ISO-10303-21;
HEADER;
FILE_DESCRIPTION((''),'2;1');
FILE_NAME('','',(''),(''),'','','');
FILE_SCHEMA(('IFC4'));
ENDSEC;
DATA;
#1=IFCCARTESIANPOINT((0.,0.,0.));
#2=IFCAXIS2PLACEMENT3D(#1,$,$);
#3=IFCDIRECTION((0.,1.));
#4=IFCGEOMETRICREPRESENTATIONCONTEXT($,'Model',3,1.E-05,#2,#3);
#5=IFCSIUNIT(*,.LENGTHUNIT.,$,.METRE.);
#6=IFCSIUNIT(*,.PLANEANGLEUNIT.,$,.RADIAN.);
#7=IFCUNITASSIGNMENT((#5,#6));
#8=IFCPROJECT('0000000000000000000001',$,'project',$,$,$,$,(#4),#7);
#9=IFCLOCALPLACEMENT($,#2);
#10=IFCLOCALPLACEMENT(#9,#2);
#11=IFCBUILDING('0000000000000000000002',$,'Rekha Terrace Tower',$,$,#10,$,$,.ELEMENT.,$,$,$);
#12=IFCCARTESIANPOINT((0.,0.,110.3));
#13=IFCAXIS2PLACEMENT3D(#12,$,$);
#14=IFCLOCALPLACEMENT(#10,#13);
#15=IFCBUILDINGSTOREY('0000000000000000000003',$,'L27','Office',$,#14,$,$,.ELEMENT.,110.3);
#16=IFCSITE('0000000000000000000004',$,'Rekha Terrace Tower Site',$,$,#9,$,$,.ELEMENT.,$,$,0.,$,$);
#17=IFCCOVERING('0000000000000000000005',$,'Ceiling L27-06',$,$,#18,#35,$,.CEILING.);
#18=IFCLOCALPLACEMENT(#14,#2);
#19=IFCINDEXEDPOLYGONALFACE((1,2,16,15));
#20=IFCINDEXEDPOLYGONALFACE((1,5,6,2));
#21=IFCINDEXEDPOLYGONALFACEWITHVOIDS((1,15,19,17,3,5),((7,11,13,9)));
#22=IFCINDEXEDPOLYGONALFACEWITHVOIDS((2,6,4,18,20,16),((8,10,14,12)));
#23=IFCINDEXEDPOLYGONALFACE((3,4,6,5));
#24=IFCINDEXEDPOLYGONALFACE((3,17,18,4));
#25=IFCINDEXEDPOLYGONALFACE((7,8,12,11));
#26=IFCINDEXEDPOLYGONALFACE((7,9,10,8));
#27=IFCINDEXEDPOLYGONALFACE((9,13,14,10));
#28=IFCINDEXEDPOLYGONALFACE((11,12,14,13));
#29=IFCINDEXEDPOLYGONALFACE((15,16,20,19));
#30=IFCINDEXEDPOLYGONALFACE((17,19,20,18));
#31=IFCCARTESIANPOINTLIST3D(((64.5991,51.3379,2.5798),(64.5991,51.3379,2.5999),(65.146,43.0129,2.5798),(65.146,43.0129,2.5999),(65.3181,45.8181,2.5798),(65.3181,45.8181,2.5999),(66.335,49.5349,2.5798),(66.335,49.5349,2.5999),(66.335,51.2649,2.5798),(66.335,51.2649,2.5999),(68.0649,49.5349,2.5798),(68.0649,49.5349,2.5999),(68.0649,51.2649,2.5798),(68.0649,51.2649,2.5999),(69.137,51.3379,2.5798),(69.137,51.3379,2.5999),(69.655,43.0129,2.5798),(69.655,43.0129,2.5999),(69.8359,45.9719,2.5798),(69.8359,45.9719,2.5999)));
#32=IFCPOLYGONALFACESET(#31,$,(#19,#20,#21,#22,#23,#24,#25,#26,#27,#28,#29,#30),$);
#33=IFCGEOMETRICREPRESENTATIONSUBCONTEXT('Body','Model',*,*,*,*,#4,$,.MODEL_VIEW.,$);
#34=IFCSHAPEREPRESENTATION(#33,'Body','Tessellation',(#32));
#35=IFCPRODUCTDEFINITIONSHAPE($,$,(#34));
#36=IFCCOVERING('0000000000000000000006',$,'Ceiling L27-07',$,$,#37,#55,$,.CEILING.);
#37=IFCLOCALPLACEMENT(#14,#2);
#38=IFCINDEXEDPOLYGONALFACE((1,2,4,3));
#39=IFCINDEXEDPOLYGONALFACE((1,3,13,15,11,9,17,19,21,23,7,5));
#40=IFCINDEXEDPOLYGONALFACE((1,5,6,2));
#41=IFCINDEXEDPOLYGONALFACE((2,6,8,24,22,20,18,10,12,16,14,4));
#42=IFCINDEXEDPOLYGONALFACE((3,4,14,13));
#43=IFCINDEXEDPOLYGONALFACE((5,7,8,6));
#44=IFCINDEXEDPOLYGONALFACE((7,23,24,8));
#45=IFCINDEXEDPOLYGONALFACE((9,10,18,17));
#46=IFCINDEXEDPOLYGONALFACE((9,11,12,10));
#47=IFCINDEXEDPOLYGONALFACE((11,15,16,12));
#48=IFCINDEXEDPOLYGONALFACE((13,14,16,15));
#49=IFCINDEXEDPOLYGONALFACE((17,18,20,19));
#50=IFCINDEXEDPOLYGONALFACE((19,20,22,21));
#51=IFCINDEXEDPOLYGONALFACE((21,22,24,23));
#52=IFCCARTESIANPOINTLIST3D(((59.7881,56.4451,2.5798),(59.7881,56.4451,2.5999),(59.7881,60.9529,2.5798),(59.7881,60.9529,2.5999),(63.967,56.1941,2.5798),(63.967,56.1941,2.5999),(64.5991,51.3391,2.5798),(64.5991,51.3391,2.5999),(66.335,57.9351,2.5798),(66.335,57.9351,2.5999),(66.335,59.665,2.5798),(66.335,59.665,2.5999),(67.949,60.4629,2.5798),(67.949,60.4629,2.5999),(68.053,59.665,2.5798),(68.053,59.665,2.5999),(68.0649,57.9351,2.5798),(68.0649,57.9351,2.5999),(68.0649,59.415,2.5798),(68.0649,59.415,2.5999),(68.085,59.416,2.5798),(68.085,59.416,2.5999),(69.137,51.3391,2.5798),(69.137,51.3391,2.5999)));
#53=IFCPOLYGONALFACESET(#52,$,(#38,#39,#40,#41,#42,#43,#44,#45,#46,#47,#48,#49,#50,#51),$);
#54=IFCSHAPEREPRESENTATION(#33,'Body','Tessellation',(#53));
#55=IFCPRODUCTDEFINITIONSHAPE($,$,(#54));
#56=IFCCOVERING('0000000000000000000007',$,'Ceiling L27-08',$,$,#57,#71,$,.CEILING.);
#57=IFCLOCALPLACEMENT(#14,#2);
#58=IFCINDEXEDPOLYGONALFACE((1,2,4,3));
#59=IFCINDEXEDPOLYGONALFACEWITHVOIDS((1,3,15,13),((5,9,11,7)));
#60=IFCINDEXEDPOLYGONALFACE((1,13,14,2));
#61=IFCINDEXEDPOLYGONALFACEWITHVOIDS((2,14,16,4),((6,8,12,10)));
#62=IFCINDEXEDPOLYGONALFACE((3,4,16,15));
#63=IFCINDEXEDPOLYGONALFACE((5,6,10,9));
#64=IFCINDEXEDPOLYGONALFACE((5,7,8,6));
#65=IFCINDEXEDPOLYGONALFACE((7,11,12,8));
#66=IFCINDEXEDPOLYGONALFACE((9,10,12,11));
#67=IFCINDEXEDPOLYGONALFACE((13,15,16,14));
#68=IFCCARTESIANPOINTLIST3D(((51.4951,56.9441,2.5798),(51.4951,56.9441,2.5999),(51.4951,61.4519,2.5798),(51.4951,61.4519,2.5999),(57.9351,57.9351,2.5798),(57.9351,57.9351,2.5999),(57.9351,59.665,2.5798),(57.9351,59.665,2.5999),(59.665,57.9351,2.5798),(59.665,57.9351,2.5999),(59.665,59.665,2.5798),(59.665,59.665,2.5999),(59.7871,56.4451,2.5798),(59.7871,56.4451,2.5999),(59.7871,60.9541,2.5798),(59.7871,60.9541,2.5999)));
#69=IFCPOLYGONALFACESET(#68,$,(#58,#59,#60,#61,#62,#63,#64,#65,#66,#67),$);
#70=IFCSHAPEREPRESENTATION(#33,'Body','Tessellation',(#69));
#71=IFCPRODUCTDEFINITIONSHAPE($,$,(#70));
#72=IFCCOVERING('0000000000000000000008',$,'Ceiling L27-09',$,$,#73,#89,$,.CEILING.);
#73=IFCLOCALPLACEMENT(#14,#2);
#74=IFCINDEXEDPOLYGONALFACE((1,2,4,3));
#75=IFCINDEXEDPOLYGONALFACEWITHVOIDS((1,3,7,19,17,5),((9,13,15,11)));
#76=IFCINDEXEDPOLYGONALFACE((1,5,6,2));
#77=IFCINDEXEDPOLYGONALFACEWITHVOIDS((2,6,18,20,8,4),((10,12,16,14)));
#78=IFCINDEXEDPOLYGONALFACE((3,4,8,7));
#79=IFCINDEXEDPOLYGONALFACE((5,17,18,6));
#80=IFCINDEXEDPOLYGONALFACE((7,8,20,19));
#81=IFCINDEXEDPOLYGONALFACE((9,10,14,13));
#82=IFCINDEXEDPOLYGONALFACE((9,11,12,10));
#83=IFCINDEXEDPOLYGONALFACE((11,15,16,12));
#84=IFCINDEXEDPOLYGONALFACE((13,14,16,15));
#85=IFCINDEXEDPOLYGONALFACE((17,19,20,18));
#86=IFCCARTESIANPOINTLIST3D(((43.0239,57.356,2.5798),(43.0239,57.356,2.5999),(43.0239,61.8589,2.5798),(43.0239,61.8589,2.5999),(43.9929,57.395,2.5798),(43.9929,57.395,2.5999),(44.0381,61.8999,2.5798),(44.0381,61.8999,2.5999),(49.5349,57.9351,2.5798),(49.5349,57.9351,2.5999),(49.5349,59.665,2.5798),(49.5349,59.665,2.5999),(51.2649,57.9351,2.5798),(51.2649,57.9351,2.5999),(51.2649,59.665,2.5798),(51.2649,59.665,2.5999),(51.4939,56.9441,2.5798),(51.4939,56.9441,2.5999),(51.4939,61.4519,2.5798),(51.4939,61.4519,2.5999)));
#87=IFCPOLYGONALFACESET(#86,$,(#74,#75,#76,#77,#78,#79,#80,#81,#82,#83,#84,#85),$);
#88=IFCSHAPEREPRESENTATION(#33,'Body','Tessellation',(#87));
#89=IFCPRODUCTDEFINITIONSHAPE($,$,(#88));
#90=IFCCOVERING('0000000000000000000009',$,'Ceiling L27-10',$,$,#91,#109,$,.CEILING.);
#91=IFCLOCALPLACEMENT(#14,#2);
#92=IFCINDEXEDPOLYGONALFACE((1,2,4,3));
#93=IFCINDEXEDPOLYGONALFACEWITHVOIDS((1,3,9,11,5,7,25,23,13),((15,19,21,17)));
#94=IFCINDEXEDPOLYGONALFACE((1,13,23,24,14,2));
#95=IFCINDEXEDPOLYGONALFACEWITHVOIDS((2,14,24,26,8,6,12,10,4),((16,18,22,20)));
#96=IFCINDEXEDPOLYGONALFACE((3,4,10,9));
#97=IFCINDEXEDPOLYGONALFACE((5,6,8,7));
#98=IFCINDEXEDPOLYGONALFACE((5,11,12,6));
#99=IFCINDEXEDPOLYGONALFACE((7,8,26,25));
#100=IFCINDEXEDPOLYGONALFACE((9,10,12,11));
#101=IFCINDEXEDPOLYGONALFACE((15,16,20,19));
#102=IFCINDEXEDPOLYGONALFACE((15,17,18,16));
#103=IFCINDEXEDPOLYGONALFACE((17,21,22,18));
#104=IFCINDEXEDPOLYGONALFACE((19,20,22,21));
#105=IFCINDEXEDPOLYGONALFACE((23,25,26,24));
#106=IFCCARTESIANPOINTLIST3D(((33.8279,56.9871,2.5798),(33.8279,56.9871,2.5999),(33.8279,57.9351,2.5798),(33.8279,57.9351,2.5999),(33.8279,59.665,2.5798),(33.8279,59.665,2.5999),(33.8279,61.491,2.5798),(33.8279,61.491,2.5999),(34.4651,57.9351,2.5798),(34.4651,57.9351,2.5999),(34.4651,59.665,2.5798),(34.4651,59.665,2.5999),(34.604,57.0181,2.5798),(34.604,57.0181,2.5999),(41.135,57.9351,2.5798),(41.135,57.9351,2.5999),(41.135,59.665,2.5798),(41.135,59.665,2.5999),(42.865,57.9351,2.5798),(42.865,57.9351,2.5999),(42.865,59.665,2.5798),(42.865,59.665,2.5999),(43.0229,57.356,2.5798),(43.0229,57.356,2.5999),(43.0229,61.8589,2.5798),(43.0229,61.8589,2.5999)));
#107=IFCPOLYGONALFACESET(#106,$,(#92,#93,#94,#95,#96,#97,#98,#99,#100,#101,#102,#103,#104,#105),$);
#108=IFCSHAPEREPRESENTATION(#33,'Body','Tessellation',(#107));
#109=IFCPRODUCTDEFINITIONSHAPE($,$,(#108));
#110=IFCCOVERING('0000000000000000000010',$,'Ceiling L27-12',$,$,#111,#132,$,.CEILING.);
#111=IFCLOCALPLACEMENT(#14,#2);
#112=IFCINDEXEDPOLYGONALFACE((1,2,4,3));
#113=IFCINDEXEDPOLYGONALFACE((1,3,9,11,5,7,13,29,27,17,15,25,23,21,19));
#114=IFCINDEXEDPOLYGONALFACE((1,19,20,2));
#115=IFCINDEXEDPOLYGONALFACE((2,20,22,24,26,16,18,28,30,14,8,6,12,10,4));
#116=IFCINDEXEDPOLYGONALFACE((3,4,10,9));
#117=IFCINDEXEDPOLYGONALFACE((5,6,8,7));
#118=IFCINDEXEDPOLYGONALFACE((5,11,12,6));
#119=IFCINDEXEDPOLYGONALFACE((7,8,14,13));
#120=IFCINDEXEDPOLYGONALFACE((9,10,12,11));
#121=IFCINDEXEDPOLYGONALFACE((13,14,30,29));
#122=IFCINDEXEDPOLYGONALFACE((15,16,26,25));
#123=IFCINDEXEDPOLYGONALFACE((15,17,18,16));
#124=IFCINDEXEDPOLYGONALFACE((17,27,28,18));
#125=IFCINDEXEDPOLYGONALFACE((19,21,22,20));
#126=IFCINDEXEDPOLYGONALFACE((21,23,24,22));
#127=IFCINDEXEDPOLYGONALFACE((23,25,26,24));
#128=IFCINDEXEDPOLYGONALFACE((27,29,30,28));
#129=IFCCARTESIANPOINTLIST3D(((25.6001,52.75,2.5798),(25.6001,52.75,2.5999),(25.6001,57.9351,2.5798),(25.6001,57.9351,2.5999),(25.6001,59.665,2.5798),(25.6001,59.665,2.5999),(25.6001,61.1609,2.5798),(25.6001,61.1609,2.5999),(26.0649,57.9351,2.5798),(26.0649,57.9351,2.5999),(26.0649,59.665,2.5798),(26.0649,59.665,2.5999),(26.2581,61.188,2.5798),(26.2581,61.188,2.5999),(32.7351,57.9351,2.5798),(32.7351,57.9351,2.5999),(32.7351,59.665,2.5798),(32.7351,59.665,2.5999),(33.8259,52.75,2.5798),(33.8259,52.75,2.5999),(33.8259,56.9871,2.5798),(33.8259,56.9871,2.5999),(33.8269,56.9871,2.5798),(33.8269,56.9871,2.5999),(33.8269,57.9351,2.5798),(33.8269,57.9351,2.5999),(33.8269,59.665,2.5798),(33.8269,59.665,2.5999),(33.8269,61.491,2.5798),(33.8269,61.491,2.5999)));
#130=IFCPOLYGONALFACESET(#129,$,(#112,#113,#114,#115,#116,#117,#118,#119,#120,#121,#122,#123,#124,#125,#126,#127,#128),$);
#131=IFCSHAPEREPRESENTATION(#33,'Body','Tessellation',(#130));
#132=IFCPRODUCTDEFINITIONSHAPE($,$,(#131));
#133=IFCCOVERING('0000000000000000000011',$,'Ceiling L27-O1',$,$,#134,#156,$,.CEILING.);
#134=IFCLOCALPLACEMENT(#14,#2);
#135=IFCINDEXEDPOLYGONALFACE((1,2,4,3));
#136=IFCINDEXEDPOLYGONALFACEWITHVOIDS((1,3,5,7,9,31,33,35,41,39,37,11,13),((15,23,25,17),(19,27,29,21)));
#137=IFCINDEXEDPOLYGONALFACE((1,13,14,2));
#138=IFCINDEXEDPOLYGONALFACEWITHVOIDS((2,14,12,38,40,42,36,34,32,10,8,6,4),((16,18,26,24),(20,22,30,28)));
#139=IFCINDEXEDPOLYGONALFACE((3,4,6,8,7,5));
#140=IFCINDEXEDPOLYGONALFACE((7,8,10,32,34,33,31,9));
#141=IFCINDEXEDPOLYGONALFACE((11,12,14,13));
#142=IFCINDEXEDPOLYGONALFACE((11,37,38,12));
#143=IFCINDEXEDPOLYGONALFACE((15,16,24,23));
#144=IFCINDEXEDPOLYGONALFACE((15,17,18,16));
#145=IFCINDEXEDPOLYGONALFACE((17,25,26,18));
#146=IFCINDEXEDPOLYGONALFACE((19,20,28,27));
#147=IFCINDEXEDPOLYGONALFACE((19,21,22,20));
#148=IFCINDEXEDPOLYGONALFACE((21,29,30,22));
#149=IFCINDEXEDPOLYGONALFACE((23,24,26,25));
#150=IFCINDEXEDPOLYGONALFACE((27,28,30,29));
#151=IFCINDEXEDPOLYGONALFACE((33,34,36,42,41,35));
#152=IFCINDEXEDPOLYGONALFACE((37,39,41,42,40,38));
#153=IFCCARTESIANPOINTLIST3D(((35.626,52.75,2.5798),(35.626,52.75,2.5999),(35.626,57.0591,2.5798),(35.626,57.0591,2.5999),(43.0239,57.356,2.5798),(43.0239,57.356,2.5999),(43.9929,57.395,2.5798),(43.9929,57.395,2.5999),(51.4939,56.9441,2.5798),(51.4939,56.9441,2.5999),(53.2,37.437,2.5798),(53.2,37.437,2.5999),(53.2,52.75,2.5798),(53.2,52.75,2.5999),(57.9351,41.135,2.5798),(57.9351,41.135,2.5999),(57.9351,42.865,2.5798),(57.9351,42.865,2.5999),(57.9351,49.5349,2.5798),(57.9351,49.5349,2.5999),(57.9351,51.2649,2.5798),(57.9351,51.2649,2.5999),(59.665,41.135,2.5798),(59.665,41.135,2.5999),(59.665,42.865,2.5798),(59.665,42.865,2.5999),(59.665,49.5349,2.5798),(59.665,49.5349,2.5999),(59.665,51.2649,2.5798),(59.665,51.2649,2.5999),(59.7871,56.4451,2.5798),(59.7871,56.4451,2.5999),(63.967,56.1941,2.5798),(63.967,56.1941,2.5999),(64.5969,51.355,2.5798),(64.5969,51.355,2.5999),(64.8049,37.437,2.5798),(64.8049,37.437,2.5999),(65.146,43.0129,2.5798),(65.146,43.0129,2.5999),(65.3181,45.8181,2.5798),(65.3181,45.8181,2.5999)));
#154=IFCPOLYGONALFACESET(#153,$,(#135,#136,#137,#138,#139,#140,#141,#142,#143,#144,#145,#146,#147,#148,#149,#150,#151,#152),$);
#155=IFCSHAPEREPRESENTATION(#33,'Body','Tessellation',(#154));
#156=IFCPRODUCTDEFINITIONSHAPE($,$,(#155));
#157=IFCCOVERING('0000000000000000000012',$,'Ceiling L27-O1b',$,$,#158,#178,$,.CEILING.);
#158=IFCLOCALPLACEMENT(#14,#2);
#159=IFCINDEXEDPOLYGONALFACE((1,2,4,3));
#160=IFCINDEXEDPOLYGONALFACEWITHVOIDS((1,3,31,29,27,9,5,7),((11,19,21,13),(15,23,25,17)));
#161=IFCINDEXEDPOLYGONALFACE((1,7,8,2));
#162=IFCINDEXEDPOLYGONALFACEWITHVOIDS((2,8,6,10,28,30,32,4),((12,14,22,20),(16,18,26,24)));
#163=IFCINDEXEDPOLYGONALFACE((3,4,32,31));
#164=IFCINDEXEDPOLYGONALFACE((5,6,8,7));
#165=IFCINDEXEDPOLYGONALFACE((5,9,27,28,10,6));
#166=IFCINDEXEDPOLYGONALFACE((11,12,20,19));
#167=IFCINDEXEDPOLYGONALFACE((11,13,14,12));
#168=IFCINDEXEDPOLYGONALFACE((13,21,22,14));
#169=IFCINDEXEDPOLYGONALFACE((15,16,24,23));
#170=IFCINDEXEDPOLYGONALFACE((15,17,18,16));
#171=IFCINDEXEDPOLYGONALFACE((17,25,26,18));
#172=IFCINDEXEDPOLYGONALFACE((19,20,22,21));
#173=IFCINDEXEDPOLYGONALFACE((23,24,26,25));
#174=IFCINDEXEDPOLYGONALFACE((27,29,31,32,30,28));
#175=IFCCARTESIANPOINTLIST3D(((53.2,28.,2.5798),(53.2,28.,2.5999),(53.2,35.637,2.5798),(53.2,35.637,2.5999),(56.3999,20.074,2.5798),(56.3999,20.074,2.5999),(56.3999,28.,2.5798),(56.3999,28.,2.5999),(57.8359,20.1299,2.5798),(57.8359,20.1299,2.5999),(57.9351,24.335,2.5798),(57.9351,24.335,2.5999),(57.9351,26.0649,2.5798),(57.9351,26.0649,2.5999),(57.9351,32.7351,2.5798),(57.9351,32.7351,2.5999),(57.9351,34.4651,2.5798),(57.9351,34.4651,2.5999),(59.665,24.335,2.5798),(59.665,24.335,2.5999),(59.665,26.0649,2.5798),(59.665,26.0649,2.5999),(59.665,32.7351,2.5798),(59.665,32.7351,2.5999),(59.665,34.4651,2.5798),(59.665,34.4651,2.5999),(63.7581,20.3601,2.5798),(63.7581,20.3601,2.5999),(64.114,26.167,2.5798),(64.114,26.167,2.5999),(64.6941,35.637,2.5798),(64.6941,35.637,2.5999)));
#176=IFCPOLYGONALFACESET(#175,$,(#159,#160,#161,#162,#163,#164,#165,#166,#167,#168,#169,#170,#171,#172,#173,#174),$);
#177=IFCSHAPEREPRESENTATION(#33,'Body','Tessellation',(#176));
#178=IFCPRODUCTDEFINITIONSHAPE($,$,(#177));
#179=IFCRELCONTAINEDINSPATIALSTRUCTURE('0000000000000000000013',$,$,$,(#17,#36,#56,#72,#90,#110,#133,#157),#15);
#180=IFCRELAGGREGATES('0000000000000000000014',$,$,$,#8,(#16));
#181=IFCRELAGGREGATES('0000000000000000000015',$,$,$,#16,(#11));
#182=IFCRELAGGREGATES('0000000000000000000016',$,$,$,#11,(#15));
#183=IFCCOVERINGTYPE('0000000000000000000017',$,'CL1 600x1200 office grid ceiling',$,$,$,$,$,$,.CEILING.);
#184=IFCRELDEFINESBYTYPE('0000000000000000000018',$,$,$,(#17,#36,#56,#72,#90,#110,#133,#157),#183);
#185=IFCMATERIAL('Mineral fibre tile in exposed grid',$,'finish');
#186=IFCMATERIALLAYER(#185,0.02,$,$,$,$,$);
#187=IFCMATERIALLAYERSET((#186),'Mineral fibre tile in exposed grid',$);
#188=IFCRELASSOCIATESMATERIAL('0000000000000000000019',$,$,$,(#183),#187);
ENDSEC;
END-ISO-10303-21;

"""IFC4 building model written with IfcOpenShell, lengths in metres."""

from ifc_helpers import new_model, si_unit, direction, frame, origin, place, context, subcontext, project, spatial, polyline, outline, extrude, material, layer, layer_set, type_object, element, save


model = new_model("IFC4")

# Units and contexts
model_context = context("Model", 3, precision=1e-05, world=origin(), true_north=direction((0.0, 1.0)))
body_context = subcontext(model_context, "Body", "Model", "MODEL_VIEW")
ifc_project = project(units=[si_unit("LENGTHUNIT", "METRE"), si_unit("PLANEANGLEUNIT", "RADIAN")], contexts=[model_context])

# Site, building, storey
site_placement = place(None, origin())
site = spatial("IfcSite", under=ifc_project, at=site_placement, Name="Rekha Terrace Tower Site", CompositionType="ELEMENT", RefElevation=0.0)
building_placement = place(site_placement, origin())
building = spatial("IfcBuilding", under=site, at=building_placement, Name="Rekha Terrace Tower", CompositionType="ELEMENT")
storey_placement = place(building_placement, frame((0.0, 0.0, 110.3)))
storey = spatial("IfcBuildingStorey", under=building, at=storey_placement, Name="L27", Description="Office", CompositionType="ELEMENT", Elevation=110.3)

# Coverings
ifc_material_1 = material(Name="Mineral fibre tile in exposed grid", Category="finish")
ifc_layer_1 = layer(ifc_material_1, 0.02)
ifc_layer_set_1 = layer_set([ifc_layer_1], Name="Mineral fibre tile in exposed grid")
covering_type_1 = type_object("IfcCoveringType", Name="CL1 600x1200 office grid ceiling", PredefinedType="CEILING", material=ifc_layer_set_1)
covering_1_placement = place(storey_placement, frame((0.0, 0.0, 2.5798)))
element("IfcCovering", 1, at=covering_1_placement, inside=storey, type_object=covering_type_1, Name="Ceiling L27-06", PredefinedType="CEILING", context=body_context, shape_type="SweptSolid", body=[
    extrude(outline(polyline([(69.8359, 45.9719), (69.137, 51.3379), (64.5991, 51.3379), (65.3181, 45.8181), (65.146, 43.0129), (69.655, 43.0129), (69.8359, 45.9719)]), holes=[polyline([(68.0649, 49.5349), (66.335, 49.5349), (66.335, 51.2649), (68.0649, 51.2649), (68.0649, 49.5349)])]), origin(), (0.0, 0.0, 1.0), 0.02),
])
covering_2_placement = place(storey_placement, frame((0.0, 0.0, 2.5798)))
element("IfcCovering", 2, at=covering_2_placement, inside=storey, type_object=covering_type_1, Name="Ceiling L27-07", PredefinedType="CEILING", context=body_context, shape_type="SweptSolid", body=[
    extrude(outline(polyline([(67.949, 60.4629), (59.7881, 60.9529), (59.7881, 56.4451), (63.967, 56.1941), (64.5991, 51.3391), (69.137, 51.3391), (68.085, 59.416), (68.0649, 59.415), (68.0649, 57.9351), (66.335, 57.9351), (66.335, 59.665), (68.053, 59.665), (67.949, 60.4629)])), origin(), (0.0, 0.0, 1.0), 0.02),
])
covering_3_placement = place(storey_placement, frame((0.0, 0.0, 2.5798)))
element("IfcCovering", 3, at=covering_3_placement, inside=storey, type_object=covering_type_1, Name="Ceiling L27-08", PredefinedType="CEILING", context=body_context, shape_type="SweptSolid", body=[
    extrude(outline(polyline([(59.7871, 56.4451), (59.7871, 60.9541), (51.4951, 61.4519), (51.4951, 56.9441), (59.7871, 56.4451)]), holes=[polyline([(59.665, 57.9351), (57.9351, 57.9351), (57.9351, 59.665), (59.665, 59.665), (59.665, 57.9351)])]), origin(), (0.0, 0.0, 1.0), 0.02),
])
covering_4_placement = place(storey_placement, frame((0.0, 0.0, 2.5798)))
element("IfcCovering", 4, at=covering_4_placement, inside=storey, type_object=covering_type_1, Name="Ceiling L27-09", PredefinedType="CEILING", context=body_context, shape_type="SweptSolid", body=[
    extrude(outline(polyline([(44.0381, 61.8999), (43.0239, 61.8589), (43.0239, 57.356), (43.9929, 57.395), (51.4939, 56.9441), (51.4939, 61.4519), (44.0381, 61.8999)]), holes=[polyline([(51.2649, 57.9351), (49.5349, 57.9351), (49.5349, 59.665), (51.2649, 59.665), (51.2649, 57.9351)])]), origin(), (0.0, 0.0, 1.0), 0.02),
])
covering_5_placement = place(storey_placement, frame((0.0, 0.0, 2.5798)))
element("IfcCovering", 5, at=covering_5_placement, inside=storey, type_object=covering_type_1, Name="Ceiling L27-10", PredefinedType="CEILING", context=body_context, shape_type="SweptSolid", body=[
    extrude(outline(polyline([(34.4651, 57.9351), (33.8279, 57.9351), (33.8279, 56.9871), (34.604, 57.0181), (43.0229, 57.356), (43.0229, 61.8589), (33.8279, 61.491), (33.8279, 59.665), (34.4651, 59.665), (34.4651, 57.9351)]), holes=[polyline([(42.865, 57.9351), (41.135, 57.9351), (41.135, 59.665), (42.865, 59.665), (42.865, 57.9351)])]), origin(), (0.0, 0.0, 1.0), 0.02),
])
covering_6_placement = place(storey_placement, frame((0.0, 0.0, 2.5798)))
element("IfcCovering", 6, at=covering_6_placement, inside=storey, type_object=covering_type_1, Name="Ceiling L27-12", PredefinedType="CEILING", context=body_context, shape_type="SweptSolid", body=[
    extrude(outline(polyline([(25.6001, 52.75), (33.8259, 52.75), (33.8259, 56.9871), (33.8269, 56.9871), (33.8269, 57.9351), (32.7351, 57.9351), (32.7351, 59.665), (33.8269, 59.665), (33.8269, 61.491), (26.2581, 61.188), (25.6001, 61.1609), (25.6001, 59.665), (26.0649, 59.665), (26.0649, 57.9351), (25.6001, 57.9351), (25.6001, 52.75)])), origin(), (0.0, 0.0, 1.0), 0.02),
])
covering_7_placement = place(storey_placement, frame((0.0, 0.0, 2.5798)))
element("IfcCovering", 7, at=covering_7_placement, inside=storey, type_object=covering_type_1, Name="Ceiling L27-O1", PredefinedType="CEILING", context=body_context, shape_type="SweptSolid", body=[
    extrude(outline(polyline([(43.9929, 57.395), (43.0239, 57.356), (35.626, 57.0591), (35.626, 52.75), (53.2, 52.75), (53.2, 37.437), (64.8049, 37.437), (65.146, 43.0129), (65.3181, 45.8181), (64.5969, 51.355), (63.967, 56.1941), (59.7871, 56.4451), (51.4939, 56.9441), (43.9929, 57.395)]), holes=[polyline([(59.665, 41.135), (57.9351, 41.135), (57.9351, 42.865), (59.665, 42.865), (59.665, 41.135)]), polyline([(59.665, 49.5349), (57.9351, 49.5349), (57.9351, 51.2649), (59.665, 51.2649), (59.665, 49.5349)])]), origin(), (0.0, 0.0, 1.0), 0.02),
])
covering_8_placement = place(storey_placement, frame((0.0, 0.0, 2.5798)))
element("IfcCovering", 8, at=covering_8_placement, inside=storey, type_object=covering_type_1, Name="Ceiling L27-O1b", PredefinedType="CEILING", context=body_context, shape_type="SweptSolid", body=[
    extrude(outline(polyline([(56.3999, 20.074), (57.8359, 20.1299), (63.7581, 20.3601), (64.114, 26.167), (64.6941, 35.637), (53.2, 35.637), (53.2, 28.0), (56.3999, 28.0), (56.3999, 20.074)]), holes=[polyline([(59.665, 26.0649), (59.665, 24.335), (57.9351, 24.335), (57.9351, 26.0649), (59.665, 26.0649)]), polyline([(59.665, 32.7351), (57.9351, 32.7351), (57.9351, 34.4651), (59.665, 34.4651), (59.665, 32.7351)])]), origin(), (0.0, 0.0, 1.0), 0.02),
])

save(model, "model.ifc")
